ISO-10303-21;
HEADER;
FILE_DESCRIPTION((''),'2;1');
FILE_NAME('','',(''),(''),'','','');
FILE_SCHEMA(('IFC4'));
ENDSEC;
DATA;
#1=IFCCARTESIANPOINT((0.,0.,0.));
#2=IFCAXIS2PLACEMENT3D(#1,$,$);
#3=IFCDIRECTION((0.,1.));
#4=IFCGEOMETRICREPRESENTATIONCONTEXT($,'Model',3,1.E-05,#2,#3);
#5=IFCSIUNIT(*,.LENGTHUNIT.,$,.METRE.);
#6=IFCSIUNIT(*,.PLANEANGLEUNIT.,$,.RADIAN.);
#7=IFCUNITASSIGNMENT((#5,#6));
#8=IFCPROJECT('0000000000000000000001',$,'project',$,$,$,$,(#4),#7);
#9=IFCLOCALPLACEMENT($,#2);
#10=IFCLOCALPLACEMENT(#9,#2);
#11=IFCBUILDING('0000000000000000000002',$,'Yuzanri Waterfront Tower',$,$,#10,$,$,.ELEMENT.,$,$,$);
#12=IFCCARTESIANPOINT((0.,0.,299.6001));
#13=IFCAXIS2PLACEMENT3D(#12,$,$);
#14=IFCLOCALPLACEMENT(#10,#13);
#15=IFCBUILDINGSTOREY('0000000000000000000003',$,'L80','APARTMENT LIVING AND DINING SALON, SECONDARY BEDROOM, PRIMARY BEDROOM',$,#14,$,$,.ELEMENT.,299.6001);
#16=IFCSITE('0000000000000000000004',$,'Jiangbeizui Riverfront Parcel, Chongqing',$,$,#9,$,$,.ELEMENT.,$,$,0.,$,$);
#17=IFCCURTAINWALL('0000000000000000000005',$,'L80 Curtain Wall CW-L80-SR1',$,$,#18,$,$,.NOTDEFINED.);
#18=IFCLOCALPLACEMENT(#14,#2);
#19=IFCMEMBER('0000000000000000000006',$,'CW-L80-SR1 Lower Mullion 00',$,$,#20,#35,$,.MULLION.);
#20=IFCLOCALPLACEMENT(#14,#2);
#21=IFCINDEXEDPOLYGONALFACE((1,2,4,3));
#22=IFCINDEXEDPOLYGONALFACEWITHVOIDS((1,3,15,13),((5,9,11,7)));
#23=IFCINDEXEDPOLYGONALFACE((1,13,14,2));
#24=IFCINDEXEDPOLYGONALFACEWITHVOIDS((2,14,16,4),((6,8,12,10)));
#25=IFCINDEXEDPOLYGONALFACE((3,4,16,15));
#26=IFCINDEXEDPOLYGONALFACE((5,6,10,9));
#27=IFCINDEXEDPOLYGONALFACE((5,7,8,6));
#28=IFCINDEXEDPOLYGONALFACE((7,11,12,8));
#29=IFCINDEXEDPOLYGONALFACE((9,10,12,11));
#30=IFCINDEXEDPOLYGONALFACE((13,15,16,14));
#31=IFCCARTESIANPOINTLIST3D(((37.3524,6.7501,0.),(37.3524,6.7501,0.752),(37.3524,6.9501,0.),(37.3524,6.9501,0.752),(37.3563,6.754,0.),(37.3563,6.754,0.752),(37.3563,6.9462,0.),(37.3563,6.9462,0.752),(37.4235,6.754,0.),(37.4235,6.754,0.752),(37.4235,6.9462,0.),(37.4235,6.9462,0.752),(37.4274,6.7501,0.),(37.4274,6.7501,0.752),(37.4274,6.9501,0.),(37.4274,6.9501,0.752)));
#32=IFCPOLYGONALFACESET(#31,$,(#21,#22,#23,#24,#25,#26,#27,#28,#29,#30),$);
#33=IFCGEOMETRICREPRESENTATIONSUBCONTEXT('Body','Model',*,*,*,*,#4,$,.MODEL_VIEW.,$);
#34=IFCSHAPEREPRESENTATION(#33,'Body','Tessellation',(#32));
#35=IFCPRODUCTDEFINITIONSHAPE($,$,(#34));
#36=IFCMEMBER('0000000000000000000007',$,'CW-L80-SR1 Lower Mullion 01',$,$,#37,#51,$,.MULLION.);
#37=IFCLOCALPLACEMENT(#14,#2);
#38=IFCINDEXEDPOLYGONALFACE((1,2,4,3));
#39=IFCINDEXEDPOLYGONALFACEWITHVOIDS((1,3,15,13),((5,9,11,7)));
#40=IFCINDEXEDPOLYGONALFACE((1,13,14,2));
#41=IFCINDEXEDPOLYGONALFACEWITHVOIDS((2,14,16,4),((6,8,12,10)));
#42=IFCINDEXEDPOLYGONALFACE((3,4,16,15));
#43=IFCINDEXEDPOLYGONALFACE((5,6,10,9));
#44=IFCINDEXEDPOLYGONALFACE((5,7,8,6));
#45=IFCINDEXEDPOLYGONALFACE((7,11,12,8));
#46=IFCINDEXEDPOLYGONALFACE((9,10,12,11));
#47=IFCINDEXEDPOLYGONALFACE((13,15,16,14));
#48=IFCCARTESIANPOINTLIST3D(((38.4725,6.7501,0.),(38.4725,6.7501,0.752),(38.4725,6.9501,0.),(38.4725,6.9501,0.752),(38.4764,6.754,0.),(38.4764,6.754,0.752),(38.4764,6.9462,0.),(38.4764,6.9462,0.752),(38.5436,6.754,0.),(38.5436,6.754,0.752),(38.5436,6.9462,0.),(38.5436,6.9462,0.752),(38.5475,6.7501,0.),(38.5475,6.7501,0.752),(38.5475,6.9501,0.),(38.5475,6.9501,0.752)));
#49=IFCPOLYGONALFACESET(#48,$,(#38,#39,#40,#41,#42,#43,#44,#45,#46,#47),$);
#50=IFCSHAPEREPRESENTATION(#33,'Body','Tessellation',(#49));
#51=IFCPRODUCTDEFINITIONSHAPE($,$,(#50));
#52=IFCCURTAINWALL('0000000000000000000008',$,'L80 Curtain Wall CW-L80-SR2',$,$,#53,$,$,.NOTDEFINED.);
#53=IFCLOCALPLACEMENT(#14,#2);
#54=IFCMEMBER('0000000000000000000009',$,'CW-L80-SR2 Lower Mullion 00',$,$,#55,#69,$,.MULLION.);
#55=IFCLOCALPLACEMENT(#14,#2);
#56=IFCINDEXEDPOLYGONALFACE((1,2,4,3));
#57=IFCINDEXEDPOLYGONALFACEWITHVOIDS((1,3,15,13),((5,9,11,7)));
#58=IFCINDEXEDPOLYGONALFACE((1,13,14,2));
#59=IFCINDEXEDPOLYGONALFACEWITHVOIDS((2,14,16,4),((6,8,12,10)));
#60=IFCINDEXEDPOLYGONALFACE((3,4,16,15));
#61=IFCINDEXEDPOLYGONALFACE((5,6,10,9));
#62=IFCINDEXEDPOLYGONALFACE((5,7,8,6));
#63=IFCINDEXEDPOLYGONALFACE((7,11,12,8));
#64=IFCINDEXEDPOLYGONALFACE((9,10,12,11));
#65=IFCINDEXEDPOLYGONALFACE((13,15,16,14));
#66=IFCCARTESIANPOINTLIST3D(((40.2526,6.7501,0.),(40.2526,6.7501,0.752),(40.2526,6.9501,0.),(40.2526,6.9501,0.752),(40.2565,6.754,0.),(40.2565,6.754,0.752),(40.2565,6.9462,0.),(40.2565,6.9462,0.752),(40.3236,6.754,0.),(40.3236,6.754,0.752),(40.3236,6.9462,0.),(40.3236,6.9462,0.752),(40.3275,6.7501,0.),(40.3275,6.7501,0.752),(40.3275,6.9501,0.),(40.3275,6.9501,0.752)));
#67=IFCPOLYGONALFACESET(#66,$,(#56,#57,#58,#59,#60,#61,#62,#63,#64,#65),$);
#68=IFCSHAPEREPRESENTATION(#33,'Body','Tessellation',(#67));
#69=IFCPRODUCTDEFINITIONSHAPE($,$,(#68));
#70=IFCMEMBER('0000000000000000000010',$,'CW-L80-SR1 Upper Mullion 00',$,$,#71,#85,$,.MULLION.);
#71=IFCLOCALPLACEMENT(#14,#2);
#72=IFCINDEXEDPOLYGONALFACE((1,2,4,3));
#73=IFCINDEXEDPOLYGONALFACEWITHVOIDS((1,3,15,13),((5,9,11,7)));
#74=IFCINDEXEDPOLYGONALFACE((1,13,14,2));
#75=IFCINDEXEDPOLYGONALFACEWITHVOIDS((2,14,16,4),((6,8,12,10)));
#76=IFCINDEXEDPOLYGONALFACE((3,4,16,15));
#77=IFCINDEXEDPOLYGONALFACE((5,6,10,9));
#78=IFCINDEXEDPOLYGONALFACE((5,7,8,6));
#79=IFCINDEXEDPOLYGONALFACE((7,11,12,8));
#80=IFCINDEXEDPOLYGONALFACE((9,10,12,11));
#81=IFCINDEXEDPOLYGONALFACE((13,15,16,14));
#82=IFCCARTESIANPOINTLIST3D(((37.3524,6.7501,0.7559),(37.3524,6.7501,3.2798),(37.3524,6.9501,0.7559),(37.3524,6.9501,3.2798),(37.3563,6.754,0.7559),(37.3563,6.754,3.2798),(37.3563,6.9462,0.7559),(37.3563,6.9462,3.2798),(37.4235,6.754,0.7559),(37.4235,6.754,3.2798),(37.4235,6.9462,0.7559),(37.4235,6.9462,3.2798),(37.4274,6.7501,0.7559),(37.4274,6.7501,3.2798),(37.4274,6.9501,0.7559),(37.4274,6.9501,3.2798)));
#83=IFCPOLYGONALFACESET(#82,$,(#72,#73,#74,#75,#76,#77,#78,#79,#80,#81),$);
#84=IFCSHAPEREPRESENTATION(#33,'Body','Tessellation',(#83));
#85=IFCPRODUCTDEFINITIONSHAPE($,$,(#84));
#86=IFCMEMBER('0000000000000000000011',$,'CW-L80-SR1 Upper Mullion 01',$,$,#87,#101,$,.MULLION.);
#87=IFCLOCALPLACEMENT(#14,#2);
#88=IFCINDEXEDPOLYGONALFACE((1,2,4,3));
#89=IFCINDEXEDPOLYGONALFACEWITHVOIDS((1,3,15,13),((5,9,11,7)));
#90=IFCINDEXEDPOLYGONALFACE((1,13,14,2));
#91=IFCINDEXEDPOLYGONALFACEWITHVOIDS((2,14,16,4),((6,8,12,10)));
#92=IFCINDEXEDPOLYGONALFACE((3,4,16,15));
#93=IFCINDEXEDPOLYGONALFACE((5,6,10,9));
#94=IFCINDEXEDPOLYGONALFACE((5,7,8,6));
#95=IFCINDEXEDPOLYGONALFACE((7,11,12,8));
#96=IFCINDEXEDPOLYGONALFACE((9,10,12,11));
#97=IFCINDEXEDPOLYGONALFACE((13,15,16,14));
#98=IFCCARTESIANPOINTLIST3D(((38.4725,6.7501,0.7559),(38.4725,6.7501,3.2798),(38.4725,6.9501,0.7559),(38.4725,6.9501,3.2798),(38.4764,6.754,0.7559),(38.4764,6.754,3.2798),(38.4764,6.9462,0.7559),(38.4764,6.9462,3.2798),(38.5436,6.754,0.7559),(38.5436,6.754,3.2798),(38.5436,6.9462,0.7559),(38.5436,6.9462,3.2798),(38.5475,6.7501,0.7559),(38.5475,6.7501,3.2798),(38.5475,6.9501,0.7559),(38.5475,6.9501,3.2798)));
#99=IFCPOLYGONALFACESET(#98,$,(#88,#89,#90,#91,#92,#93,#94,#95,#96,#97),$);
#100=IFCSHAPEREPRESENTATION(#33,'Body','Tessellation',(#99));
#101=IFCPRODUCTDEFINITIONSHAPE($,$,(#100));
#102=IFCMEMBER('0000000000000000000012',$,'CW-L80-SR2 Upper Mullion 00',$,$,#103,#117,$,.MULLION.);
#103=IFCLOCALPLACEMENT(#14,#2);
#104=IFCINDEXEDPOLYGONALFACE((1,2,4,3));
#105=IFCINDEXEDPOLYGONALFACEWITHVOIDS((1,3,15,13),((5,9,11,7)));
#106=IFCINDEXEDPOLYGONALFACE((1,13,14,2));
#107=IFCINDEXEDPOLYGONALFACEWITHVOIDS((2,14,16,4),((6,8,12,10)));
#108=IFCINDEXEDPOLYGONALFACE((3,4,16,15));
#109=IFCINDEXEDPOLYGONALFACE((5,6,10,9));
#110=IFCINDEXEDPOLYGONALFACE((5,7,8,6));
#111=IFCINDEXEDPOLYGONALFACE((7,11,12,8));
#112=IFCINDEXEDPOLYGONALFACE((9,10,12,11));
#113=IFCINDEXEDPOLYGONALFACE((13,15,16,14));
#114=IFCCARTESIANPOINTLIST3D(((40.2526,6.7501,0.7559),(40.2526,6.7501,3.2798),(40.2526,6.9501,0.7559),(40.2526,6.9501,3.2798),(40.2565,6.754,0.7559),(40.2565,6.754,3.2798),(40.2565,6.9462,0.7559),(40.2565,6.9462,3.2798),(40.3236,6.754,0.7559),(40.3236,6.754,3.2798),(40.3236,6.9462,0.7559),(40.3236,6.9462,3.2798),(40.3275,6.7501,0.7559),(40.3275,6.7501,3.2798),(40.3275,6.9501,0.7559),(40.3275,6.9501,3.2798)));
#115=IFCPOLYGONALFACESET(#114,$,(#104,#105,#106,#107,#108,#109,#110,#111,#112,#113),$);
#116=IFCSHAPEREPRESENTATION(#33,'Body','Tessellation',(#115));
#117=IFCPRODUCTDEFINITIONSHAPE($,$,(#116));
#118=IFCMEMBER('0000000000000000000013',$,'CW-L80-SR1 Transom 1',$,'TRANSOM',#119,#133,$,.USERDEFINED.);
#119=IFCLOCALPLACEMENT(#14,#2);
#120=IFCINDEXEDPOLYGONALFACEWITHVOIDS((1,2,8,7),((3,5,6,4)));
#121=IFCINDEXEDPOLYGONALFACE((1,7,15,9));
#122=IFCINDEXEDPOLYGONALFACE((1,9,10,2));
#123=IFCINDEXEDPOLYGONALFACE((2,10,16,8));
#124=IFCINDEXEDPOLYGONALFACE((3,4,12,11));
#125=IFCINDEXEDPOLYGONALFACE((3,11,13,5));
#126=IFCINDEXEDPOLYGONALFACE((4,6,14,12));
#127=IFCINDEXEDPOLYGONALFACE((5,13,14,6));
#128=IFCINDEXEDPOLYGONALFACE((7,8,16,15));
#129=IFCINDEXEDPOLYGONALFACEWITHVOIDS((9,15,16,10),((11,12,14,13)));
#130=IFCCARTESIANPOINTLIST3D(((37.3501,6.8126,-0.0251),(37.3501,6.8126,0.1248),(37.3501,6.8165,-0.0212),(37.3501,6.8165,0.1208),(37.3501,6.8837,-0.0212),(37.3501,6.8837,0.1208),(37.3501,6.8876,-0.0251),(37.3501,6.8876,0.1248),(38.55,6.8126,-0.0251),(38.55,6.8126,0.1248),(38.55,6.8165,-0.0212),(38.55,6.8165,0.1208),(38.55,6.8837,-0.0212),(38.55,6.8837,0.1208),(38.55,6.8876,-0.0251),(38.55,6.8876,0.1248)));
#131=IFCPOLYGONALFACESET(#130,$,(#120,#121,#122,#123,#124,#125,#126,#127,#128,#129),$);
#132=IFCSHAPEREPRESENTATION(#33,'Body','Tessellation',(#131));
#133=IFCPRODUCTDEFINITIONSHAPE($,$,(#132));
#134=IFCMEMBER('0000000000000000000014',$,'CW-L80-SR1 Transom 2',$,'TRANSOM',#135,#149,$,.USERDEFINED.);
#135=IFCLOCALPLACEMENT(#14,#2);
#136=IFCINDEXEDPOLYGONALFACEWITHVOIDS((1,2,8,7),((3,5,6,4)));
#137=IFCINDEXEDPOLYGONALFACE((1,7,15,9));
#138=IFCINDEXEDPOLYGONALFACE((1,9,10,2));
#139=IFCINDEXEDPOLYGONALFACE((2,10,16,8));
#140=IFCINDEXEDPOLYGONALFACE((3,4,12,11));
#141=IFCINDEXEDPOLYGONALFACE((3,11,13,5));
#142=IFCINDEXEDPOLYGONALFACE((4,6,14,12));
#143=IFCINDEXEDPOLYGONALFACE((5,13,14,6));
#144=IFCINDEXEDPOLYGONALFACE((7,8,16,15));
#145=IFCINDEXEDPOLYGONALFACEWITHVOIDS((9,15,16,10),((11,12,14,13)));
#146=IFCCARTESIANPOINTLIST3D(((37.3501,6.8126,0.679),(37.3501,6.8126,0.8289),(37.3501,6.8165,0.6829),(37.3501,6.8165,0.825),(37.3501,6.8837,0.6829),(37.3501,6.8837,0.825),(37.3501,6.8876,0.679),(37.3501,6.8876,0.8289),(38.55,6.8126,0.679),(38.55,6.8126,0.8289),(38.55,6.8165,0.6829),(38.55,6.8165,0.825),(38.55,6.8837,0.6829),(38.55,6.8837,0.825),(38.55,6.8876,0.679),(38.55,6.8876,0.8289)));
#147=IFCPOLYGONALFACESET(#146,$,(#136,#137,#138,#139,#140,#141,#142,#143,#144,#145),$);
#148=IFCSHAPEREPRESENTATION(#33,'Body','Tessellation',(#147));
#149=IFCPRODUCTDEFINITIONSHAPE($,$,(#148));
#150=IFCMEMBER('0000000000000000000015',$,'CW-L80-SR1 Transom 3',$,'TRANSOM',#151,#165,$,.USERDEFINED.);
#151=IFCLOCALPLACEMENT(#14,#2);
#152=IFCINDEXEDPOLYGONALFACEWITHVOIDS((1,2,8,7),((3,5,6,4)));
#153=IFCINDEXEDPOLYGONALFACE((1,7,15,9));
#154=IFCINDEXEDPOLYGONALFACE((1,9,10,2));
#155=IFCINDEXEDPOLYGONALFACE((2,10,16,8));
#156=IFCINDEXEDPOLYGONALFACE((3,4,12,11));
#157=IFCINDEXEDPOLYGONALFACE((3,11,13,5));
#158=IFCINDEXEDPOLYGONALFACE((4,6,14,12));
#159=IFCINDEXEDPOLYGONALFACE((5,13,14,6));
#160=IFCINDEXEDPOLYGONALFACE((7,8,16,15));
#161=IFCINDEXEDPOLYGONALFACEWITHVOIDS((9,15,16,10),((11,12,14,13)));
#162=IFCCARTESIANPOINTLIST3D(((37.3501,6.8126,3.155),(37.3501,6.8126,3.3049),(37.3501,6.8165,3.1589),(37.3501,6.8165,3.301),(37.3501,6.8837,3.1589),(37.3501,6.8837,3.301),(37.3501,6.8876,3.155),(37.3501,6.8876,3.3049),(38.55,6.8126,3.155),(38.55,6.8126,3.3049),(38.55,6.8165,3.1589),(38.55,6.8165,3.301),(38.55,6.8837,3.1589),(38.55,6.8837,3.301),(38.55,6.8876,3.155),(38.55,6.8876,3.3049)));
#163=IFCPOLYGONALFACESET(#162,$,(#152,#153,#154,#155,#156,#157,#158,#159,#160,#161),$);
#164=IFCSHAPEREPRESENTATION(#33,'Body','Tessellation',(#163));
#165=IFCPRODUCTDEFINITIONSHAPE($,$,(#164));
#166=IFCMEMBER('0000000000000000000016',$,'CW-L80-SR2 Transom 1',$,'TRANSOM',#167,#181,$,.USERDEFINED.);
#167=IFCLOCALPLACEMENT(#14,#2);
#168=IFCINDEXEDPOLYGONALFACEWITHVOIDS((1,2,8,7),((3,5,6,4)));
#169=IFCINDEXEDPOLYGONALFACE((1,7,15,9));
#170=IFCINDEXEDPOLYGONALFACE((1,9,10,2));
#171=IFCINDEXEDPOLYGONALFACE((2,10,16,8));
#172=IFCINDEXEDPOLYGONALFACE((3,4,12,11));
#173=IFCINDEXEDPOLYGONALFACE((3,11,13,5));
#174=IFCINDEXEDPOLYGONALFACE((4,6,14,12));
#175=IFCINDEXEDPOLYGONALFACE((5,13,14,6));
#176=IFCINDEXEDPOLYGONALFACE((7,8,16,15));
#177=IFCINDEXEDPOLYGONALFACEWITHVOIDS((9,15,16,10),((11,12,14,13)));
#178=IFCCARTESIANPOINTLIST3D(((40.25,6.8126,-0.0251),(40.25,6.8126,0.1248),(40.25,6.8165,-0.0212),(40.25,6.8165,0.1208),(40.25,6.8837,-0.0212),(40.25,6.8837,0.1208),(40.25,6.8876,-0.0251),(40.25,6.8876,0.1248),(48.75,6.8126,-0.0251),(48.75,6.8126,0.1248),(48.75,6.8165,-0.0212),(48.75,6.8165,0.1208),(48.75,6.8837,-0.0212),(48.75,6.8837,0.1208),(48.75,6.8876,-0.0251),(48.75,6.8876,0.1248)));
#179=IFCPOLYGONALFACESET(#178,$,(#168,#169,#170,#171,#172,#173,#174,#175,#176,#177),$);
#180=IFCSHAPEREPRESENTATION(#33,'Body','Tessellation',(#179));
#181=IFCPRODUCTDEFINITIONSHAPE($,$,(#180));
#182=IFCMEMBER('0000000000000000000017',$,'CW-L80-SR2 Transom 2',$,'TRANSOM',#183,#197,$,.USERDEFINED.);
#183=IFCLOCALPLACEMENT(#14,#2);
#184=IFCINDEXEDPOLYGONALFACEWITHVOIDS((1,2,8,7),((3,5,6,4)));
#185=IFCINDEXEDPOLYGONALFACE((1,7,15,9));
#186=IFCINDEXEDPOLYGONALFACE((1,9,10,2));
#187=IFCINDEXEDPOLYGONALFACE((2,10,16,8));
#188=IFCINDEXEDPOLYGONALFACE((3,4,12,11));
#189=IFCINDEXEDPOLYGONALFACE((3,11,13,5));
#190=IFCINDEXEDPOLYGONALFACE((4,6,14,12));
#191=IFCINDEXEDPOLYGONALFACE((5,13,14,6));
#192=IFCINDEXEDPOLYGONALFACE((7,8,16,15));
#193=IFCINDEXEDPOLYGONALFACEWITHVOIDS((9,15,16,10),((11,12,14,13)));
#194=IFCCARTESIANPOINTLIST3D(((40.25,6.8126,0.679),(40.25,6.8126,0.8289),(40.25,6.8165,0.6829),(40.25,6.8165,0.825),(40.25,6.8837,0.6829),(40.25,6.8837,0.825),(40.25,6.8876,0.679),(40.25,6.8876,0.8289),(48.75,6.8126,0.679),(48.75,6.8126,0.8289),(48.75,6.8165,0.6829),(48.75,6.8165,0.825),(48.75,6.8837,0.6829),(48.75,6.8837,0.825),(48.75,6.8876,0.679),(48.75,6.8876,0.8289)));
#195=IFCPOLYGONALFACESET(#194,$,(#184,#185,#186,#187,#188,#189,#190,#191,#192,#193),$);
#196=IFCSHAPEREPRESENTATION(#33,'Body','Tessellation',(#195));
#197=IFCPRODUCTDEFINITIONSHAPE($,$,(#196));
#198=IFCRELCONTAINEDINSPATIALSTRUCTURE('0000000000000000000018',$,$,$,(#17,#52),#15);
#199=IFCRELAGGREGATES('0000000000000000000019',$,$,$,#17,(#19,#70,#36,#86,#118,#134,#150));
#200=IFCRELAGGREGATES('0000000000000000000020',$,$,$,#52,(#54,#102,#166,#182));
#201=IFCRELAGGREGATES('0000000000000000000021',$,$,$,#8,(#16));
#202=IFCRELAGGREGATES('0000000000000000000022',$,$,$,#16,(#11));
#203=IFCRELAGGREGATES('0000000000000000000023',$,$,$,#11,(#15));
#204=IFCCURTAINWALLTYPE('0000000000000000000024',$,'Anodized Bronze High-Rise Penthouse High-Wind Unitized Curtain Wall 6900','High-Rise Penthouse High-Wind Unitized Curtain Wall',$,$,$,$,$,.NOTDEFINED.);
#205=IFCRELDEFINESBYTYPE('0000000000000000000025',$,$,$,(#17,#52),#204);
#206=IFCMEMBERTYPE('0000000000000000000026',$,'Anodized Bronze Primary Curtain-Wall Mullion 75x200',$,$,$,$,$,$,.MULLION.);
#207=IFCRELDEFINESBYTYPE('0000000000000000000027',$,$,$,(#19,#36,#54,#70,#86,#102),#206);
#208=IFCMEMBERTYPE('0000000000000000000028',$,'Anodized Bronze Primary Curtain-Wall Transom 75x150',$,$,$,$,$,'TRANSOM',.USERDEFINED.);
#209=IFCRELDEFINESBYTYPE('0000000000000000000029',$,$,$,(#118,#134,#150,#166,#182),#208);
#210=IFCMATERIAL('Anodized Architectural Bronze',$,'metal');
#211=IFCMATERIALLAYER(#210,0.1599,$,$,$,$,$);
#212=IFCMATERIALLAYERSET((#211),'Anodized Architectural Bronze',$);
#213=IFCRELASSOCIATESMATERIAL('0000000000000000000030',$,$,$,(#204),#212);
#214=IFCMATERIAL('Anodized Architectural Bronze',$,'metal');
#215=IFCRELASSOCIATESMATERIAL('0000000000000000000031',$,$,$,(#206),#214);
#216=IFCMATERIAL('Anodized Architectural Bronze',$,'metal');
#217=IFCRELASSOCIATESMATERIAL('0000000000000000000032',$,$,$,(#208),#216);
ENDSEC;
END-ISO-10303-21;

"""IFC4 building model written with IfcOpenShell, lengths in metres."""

from ifc_helpers import new_model, si_unit, direction, frame, origin, origin_2d, place, context, subcontext, project, spatial, hollow_rectangle, extrude, source, transform, mapped, material, layer, layer_set, material_profile, profile_set, type_object, element, aggregate, save


model = new_model("IFC4")

# Units and contexts
model_context = context("Model", 3, precision=1e-05, world=origin(), true_north=direction((0.0, 1.0)))
body_context = subcontext(model_context, "Body", "Model", "MODEL_VIEW")
ifc_project = project(units=[si_unit("LENGTHUNIT", "METRE"), si_unit("PLANEANGLEUNIT", "RADIAN")], contexts=[model_context])

# Site, building, storey
site_placement = place(None, origin())
site = spatial("IfcSite", under=ifc_project, at=site_placement, Name="Jiangbeizui Riverfront Parcel, Chongqing", CompositionType="ELEMENT", RefElevation=0.0)
building_placement = place(site_placement, origin())
building = spatial("IfcBuilding", under=site, at=building_placement, Name="Yuzanri Waterfront Tower", CompositionType="ELEMENT")
storey_placement = place(building_placement, frame((0.0, 0.0, 299.6001)))
storey = spatial("IfcBuildingStorey", under=building, at=storey_placement, Name="L80", Description="APARTMENT LIVING AND DINING SALON, SECONDARY BEDROOM, PRIMARY BEDROOM", CompositionType="ELEMENT", Elevation=299.6001)

# Curtain wall, members
ifc_material_1 = material(Name="Anodized Architectural Bronze", Category="metal")
ifc_layer_1 = layer(ifc_material_1, 0.1599)
ifc_layer_set_1 = layer_set([ifc_layer_1], Name="Anodized Architectural Bronze")
curtain_wall_type = type_object("IfcCurtainWallType", Name="Anodized Bronze High-Rise Penthouse High-Wind Unitized Curtain Wall 6900", Description="High-Rise Penthouse High-Wind Unitized Curtain Wall", PredefinedType="NOTDEFINED", material=ifc_layer_set_1)
curtain_wall_1_placement = place(storey_placement, origin())
curtain_wall_1 = element("IfcCurtainWall", 1, at=curtain_wall_1_placement, inside=storey, type_object=curtain_wall_type, Name="L80 Curtain Wall CW-L80-SR1", PredefinedType="NOTDEFINED")
ifc_material_2 = material(Name="Anodized Architectural Bronze", Category="metal")
ifc_material_profile_1 = material_profile(ifc_material_2, hollow_rectangle(XDim=0.075, YDim=0.2, WallThickness=0.0039, at=origin_2d()), Name="CWM 75x200")
ifc_profile_set_1 = profile_set([ifc_material_profile_1], Name="Anodized Architectural Bronze")
member_type_1 = type_object("IfcMemberType", Name="Anodized Bronze Primary Curtain-Wall Mullion 75x200", PredefinedType="MULLION", material=ifc_profile_set_1)
shared_shape_1 = source(origin(), body_context, "Body", "SweptSolid", [
    extrude(hollow_rectangle(XDim=0.075, YDim=0.2, WallThickness=0.0039, at=origin_2d()), origin(), (0.0, 0.0, 1.0), 0.752),
])
member_1_placement = place(storey_placement, frame((37.3899, 6.8501, 0.0), z_axis=(0.0, 0.0, 1.0), x_axis=(1.0, 0.0, 0.0)))
member_1 = element("IfcMember", 2, at=member_1_placement, type_object=member_type_1, Name="CW-L80-SR1 Lower Mullion 00", PredefinedType="MULLION", context=body_context, shape_type="MappedRepresentation", body=[
    mapped(shared_shape_1, transform((0.0, 0.0, 0.0), scale=1.0)),
])
member_2_placement = place(storey_placement, frame((38.51, 6.8501, 0.0), z_axis=(0.0, 0.0, 1.0), x_axis=(1.0, 0.0, 0.0)))
member_2 = element("IfcMember", 3, at=member_2_placement, type_object=member_type_1, Name="CW-L80-SR1 Lower Mullion 01", PredefinedType="MULLION", context=body_context, shape_type="MappedRepresentation", body=[
    mapped(shared_shape_1, transform((0.0, 0.0, 0.0), scale=1.0)),
])

# Curtain wall, member
curtain_wall_2_placement = place(storey_placement, origin())
curtain_wall_2 = element("IfcCurtainWall", 4, at=curtain_wall_2_placement, inside=storey, type_object=curtain_wall_type, Name="L80 Curtain Wall CW-L80-SR2", PredefinedType="NOTDEFINED")
member_3_placement = place(storey_placement, frame((40.29, 6.8501, 0.0), z_axis=(0.0, 0.0, 1.0), x_axis=(1.0, 0.0, 0.0)))
member_3 = element("IfcMember", 5, at=member_3_placement, type_object=member_type_1, Name="CW-L80-SR2 Lower Mullion 00", PredefinedType="MULLION", context=body_context, shape_type="MappedRepresentation", body=[
    mapped(shared_shape_1, transform((0.0, 0.0, 0.0), scale=1.0)),
])

# Members
shared_shape_2 = source(origin(), body_context, "Body", "SweptSolid", [
    extrude(hollow_rectangle(XDim=0.075, YDim=0.2, WallThickness=0.0039, at=origin_2d()), origin(), (0.0, 0.0, 1.0), 2.5239),
])
member_4_placement = place(storey_placement, frame((37.3899, 6.8501, 0.7559), z_axis=(0.0, 0.0, 1.0), x_axis=(1.0, 0.0, 0.0)))
member_4 = element("IfcMember", 6, at=member_4_placement, type_object=member_type_1, Name="CW-L80-SR1 Upper Mullion 00", PredefinedType="MULLION", context=body_context, shape_type="MappedRepresentation", body=[
    mapped(shared_shape_2, transform((0.0, 0.0, 0.0), scale=1.0)),
])
member_5_placement = place(storey_placement, frame((38.51, 6.8501, 0.7559), z_axis=(0.0, 0.0, 1.0), x_axis=(1.0, 0.0, 0.0)))
member_5 = element("IfcMember", 7, at=member_5_placement, type_object=member_type_1, Name="CW-L80-SR1 Upper Mullion 01", PredefinedType="MULLION", context=body_context, shape_type="MappedRepresentation", body=[
    mapped(shared_shape_2, transform((0.0, 0.0, 0.0), scale=1.0)),
])
member_6_placement = place(storey_placement, frame((40.29, 6.8501, 0.7559), z_axis=(0.0, 0.0, 1.0), x_axis=(1.0, 0.0, 0.0)))
member_6 = element("IfcMember", 8, at=member_6_placement, type_object=member_type_1, Name="CW-L80-SR2 Upper Mullion 00", PredefinedType="MULLION", context=body_context, shape_type="MappedRepresentation", body=[
    mapped(shared_shape_2, transform((0.0, 0.0, 0.0), scale=1.0)),
])
ifc_material_3 = material(Name="Anodized Architectural Bronze", Category="metal")
ifc_material_profile_2 = material_profile(ifc_material_3, hollow_rectangle(XDim=0.075, YDim=0.1499, WallThickness=0.0039, at=origin_2d()), Name="CWT 75x150")
ifc_profile_set_2 = profile_set([ifc_material_profile_2], Name="Anodized Architectural Bronze")
member_type_2 = type_object("IfcMemberType", Name="Anodized Bronze Primary Curtain-Wall Transom 75x150", ElementType="TRANSOM", PredefinedType="USERDEFINED", material=ifc_profile_set_2)
shared_shape_3 = source(origin(), body_context, "Body", "SweptSolid", [
    extrude(hollow_rectangle(XDim=0.075, YDim=0.1499, WallThickness=0.0039, at=origin_2d()), origin(), (0.0, 0.0, 1.0), 1.2),
])
member_7_placement = place(storey_placement, frame((37.3501, 6.8501, 0.0498), z_axis=(1.0, 0.0, 0.0), x_axis=(0.0, 1.0, 0.0)))
member_7 = element("IfcMember", 9, at=member_7_placement, type_object=member_type_2, Name="CW-L80-SR1 Transom 1", ObjectType="TRANSOM", PredefinedType="USERDEFINED", context=body_context, shape_type="MappedRepresentation", body=[
    mapped(shared_shape_3, transform((0.0, 0.0, 0.0), scale=1.0)),
])
member_8_placement = place(storey_placement, frame((37.3501, 6.8501, 0.7539), z_axis=(1.0, 0.0, 0.0), x_axis=(0.0, 1.0, 0.0)))
member_8 = element("IfcMember", 10, at=member_8_placement, type_object=member_type_2, Name="CW-L80-SR1 Transom 2", ObjectType="TRANSOM", PredefinedType="USERDEFINED", context=body_context, shape_type="MappedRepresentation", body=[
    mapped(shared_shape_3, transform((0.0, 0.0, 0.0), scale=1.0)),
])
member_9_placement = place(storey_placement, frame((37.3501, 6.8501, 3.23), z_axis=(1.0, 0.0, 0.0), x_axis=(0.0, 1.0, 0.0)))
member_9 = element("IfcMember", 11, at=member_9_placement, type_object=member_type_2, Name="CW-L80-SR1 Transom 3", ObjectType="TRANSOM", PredefinedType="USERDEFINED", context=body_context, shape_type="MappedRepresentation", body=[
    mapped(shared_shape_3, transform((0.0, 0.0, 0.0), scale=1.0)),
])
shared_shape_4 = source(origin(), body_context, "Body", "SweptSolid", [
    extrude(hollow_rectangle(XDim=0.075, YDim=0.1499, WallThickness=0.0039, at=origin_2d()), origin(), (0.0, 0.0, 1.0), 8.5),
])
member_10_placement = place(storey_placement, frame((40.25, 6.8501, 0.0498), z_axis=(1.0, 0.0, 0.0), x_axis=(0.0, 1.0, 0.0)))
member_10 = element("IfcMember", 12, at=member_10_placement, type_object=member_type_2, Name="CW-L80-SR2 Transom 1", ObjectType="TRANSOM", PredefinedType="USERDEFINED", context=body_context, shape_type="MappedRepresentation", body=[
    mapped(shared_shape_4, transform((0.0, 0.0, 0.0), scale=1.0)),
])
member_11_placement = place(storey_placement, frame((40.25, 6.8501, 0.7539), z_axis=(1.0, 0.0, 0.0), x_axis=(0.0, 1.0, 0.0)))
member_11 = element("IfcMember", 13, at=member_11_placement, type_object=member_type_2, Name="CW-L80-SR2 Transom 2", ObjectType="TRANSOM", PredefinedType="USERDEFINED", context=body_context, shape_type="MappedRepresentation", body=[
    mapped(shared_shape_4, transform((0.0, 0.0, 0.0), scale=1.0)),
])

aggregate(curtain_wall_1, [member_1, member_4, member_2, member_5, member_7, member_8, member_9])
aggregate(curtain_wall_2, [member_3, member_6, member_10, member_11])

save(model, "model.ifc")
